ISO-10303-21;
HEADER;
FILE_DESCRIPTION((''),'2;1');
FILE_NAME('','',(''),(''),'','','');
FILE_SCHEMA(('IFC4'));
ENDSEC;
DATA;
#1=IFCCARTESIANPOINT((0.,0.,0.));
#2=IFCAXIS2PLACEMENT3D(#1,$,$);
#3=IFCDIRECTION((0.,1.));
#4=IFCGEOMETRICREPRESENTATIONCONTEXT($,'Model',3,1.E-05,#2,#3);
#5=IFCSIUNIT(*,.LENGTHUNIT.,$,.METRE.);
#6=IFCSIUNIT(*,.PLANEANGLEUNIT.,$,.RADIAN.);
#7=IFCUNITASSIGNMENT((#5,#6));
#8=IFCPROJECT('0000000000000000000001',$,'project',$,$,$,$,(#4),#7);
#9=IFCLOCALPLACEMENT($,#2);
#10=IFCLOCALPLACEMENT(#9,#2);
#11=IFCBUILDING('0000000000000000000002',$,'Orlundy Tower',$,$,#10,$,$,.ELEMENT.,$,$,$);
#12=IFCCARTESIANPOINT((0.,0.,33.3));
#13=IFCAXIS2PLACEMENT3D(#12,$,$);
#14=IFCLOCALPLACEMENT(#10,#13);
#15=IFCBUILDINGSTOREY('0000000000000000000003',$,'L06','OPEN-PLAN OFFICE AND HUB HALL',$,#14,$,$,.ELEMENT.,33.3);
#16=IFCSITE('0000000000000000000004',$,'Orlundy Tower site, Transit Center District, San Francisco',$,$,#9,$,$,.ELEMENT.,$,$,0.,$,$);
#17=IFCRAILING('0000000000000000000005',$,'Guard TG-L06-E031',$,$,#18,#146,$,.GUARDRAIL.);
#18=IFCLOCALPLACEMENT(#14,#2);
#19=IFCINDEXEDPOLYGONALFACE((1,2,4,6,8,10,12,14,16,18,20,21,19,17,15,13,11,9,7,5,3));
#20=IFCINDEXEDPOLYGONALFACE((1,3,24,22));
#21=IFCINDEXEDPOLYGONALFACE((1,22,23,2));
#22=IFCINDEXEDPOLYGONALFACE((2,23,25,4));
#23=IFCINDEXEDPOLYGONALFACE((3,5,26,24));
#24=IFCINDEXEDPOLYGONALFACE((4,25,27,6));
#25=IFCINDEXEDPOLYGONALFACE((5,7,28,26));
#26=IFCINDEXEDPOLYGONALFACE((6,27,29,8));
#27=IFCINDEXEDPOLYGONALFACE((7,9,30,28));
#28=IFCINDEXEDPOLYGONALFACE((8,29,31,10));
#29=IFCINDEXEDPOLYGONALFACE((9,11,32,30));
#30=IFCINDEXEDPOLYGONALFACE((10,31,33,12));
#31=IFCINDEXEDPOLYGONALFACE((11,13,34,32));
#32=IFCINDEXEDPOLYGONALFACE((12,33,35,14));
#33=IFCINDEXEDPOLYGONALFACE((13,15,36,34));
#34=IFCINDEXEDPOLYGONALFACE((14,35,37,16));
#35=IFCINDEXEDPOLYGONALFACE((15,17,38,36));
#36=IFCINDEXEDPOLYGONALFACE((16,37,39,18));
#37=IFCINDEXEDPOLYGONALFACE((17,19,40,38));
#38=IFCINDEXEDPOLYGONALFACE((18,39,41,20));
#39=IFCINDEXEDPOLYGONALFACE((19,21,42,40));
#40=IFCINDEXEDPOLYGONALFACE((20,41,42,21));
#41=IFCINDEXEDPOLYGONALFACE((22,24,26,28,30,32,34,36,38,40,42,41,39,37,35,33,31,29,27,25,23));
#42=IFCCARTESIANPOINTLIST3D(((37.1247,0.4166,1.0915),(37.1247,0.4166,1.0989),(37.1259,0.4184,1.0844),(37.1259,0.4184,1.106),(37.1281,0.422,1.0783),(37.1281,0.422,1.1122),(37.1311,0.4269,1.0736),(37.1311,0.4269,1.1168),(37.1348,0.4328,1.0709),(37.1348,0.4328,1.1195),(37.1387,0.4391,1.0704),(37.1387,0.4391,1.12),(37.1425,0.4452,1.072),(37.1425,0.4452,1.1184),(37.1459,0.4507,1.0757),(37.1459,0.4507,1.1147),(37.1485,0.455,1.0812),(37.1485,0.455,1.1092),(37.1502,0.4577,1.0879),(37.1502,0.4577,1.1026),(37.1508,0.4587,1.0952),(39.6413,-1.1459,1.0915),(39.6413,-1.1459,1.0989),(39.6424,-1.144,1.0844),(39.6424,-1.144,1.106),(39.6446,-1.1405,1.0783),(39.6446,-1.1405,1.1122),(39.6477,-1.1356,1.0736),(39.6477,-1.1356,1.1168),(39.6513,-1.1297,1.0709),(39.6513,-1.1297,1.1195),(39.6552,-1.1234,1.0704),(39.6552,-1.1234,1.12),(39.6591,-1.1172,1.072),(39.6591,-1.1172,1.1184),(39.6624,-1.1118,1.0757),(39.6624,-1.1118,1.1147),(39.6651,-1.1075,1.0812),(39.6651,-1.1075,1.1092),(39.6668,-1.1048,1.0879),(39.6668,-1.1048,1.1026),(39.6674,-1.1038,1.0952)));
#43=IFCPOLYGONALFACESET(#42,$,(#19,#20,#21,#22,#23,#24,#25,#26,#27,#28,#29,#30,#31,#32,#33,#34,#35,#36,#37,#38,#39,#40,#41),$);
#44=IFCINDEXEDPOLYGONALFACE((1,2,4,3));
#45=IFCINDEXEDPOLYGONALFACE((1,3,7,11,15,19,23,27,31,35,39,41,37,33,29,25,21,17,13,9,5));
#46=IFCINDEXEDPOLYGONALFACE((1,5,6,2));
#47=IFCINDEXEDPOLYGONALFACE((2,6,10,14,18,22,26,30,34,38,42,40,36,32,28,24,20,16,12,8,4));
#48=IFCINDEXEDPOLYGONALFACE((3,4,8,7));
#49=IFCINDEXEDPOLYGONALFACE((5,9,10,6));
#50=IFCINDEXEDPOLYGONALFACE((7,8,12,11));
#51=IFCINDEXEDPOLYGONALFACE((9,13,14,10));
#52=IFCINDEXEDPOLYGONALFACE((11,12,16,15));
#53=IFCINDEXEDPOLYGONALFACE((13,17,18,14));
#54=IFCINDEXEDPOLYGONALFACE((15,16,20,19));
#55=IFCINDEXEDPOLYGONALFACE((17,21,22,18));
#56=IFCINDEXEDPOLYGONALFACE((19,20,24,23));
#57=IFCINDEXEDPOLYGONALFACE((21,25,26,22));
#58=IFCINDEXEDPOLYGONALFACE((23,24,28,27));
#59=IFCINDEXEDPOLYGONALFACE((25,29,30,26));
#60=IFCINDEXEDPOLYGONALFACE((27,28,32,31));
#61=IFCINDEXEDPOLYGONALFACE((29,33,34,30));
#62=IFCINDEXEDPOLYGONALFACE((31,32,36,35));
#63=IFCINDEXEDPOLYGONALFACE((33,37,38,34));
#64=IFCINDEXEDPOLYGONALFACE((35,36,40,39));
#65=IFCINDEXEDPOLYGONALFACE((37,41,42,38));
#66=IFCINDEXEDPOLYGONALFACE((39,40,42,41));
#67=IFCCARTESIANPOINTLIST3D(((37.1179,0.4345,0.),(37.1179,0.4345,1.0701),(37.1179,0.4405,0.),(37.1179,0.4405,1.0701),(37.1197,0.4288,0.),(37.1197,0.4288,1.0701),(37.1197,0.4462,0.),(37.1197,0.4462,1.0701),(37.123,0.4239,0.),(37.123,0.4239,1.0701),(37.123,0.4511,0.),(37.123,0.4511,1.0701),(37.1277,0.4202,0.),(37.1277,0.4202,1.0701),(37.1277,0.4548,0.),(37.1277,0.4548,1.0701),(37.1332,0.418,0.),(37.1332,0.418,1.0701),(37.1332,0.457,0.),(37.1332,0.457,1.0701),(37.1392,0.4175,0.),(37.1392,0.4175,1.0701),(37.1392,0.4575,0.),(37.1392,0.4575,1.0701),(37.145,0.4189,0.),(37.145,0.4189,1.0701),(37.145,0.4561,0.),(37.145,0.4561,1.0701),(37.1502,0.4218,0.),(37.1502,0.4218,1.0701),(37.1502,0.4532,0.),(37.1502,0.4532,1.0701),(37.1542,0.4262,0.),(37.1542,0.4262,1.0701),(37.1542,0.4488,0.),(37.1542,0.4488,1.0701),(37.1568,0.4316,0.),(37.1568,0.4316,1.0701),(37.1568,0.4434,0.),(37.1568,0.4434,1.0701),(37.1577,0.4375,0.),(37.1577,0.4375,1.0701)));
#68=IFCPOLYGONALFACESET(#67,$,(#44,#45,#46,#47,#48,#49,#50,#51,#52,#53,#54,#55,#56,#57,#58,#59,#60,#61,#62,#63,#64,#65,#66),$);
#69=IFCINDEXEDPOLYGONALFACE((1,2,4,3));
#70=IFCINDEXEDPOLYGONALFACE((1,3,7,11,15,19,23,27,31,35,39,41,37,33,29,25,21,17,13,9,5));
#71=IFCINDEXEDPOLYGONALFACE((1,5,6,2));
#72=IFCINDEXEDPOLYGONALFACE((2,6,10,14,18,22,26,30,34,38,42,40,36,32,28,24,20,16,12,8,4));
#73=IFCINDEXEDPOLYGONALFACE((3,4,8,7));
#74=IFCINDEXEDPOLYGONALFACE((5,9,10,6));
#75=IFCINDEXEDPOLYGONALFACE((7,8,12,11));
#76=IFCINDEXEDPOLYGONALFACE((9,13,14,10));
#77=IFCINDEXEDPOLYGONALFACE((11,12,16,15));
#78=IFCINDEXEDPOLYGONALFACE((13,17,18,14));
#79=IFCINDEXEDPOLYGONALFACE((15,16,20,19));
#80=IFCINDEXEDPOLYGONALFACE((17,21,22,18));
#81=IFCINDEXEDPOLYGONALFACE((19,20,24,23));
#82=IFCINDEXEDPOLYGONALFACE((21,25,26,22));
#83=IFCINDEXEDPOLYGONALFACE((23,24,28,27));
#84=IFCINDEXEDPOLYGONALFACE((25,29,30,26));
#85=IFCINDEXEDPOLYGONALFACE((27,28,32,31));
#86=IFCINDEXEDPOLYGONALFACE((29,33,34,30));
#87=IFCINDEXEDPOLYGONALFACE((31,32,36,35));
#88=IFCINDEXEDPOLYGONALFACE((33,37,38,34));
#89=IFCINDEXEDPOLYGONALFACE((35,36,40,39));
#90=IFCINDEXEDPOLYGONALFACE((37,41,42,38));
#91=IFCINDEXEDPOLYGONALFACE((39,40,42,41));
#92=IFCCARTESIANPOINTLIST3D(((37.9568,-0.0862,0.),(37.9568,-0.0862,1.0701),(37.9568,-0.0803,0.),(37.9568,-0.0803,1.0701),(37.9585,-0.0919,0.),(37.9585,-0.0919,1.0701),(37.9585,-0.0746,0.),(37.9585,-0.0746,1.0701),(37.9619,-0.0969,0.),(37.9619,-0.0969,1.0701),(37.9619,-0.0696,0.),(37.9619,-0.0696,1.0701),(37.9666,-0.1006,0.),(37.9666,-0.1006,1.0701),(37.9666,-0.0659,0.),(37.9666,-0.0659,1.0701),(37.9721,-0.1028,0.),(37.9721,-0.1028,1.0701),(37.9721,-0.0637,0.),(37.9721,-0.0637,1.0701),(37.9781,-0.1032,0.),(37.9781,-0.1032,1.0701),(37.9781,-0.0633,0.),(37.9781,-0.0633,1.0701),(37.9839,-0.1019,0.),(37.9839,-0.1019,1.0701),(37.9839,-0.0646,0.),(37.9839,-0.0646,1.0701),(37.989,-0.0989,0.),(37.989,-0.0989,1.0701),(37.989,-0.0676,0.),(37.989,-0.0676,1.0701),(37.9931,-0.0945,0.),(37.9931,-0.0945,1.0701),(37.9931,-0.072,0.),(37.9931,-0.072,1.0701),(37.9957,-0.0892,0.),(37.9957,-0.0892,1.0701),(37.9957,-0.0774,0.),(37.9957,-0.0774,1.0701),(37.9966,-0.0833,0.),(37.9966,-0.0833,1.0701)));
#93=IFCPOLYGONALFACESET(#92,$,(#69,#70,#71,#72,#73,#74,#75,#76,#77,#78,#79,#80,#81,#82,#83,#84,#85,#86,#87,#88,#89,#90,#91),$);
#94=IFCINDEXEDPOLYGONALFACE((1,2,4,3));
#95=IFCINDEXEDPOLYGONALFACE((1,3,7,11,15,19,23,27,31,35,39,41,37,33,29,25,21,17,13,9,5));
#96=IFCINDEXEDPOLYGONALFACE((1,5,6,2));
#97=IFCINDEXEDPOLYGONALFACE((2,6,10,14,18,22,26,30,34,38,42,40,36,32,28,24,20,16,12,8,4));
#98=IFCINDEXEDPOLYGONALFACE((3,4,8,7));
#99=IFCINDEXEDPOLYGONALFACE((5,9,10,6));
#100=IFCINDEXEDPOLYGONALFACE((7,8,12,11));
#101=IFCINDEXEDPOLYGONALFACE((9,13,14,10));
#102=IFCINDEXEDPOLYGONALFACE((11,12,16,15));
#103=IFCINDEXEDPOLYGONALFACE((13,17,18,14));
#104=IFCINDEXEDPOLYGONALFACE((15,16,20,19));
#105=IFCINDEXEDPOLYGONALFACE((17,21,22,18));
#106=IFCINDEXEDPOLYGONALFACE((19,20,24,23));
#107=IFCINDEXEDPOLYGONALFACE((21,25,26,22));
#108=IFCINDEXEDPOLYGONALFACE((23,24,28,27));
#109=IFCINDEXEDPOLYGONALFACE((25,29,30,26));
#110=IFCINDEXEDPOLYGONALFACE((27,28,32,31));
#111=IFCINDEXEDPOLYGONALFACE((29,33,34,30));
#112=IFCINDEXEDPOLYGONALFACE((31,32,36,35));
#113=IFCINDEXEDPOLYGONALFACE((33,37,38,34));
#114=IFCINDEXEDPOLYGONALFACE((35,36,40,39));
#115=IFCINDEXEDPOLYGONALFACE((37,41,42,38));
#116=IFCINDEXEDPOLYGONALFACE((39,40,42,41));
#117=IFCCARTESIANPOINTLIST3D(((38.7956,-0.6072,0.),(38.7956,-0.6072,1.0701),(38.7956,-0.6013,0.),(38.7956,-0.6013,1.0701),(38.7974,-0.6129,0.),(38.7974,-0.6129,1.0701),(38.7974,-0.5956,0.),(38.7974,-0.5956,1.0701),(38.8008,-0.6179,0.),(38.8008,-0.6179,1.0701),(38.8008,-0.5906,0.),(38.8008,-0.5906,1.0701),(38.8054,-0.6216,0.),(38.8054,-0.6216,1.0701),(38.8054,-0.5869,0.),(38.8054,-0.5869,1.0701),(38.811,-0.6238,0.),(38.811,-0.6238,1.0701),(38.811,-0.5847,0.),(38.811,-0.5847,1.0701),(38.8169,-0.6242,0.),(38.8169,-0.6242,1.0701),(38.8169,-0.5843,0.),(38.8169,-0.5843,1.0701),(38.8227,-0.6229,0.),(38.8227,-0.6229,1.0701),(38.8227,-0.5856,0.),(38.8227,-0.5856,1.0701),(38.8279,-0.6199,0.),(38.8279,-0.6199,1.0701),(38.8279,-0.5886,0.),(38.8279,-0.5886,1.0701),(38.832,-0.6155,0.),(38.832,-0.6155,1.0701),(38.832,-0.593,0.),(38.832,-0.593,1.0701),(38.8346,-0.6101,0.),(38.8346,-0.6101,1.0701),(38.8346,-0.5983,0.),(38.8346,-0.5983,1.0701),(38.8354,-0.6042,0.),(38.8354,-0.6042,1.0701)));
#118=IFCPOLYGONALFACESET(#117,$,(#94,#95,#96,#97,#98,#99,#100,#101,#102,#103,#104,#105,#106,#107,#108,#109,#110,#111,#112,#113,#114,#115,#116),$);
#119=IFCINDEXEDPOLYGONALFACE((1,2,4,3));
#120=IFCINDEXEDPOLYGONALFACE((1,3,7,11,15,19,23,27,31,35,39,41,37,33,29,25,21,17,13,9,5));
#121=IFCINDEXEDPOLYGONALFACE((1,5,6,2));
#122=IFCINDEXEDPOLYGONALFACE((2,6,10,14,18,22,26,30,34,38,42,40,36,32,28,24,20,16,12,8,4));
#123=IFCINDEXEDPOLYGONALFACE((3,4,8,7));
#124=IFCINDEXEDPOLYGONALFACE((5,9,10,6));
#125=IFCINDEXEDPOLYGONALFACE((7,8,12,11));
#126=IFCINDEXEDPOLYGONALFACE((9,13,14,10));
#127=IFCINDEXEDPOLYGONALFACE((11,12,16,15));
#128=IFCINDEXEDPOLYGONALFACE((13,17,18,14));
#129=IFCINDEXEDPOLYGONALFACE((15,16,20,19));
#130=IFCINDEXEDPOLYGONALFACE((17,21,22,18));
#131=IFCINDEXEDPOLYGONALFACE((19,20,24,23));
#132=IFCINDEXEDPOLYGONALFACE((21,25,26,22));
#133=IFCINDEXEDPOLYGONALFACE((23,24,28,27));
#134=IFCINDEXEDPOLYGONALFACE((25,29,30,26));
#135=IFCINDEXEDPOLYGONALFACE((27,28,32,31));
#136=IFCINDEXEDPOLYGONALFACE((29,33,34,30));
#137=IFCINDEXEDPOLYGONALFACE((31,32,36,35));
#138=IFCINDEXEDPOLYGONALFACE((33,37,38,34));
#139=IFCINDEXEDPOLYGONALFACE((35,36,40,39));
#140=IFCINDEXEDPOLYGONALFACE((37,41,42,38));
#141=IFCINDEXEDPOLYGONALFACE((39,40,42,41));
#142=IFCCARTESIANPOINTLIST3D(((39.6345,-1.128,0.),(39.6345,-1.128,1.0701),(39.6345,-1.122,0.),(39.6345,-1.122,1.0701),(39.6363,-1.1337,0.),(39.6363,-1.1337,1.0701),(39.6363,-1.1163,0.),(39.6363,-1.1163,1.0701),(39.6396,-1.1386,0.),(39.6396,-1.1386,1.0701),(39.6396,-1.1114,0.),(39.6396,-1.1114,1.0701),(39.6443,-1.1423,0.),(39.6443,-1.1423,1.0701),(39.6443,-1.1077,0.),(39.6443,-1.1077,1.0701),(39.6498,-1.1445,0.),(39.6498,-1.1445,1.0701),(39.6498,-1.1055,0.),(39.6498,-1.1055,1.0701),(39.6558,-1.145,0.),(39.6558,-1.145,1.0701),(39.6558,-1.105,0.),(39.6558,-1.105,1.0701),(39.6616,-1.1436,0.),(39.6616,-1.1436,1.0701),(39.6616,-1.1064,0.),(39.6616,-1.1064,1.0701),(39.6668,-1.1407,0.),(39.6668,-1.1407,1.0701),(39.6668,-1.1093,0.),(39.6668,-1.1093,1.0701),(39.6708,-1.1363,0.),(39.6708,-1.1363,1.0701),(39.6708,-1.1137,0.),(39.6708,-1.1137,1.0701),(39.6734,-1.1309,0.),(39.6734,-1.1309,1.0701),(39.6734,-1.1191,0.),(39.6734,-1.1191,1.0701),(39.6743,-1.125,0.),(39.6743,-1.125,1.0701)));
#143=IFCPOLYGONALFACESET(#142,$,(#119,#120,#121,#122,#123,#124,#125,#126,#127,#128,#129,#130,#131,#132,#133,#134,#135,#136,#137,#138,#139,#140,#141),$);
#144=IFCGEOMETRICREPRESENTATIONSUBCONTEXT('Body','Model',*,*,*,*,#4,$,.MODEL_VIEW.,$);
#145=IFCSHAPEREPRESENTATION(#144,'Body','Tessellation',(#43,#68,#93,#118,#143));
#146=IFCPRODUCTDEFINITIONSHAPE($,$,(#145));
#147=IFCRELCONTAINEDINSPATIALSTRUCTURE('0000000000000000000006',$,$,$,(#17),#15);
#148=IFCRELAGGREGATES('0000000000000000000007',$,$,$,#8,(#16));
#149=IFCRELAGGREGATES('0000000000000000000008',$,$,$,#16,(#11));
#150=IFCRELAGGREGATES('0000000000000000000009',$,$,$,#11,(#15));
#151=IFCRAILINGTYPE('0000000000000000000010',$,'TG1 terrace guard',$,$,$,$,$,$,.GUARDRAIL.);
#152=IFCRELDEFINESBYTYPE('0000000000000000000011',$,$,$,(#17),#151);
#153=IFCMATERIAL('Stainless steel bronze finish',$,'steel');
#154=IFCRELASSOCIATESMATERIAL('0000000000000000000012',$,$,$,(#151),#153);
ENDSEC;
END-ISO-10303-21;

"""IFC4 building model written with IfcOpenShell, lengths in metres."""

from ifc_helpers import new_model, si_unit, direction, frame, origin, origin_2d, place, context, subcontext, project, spatial, circle, extrude, material, type_object, element, save


model = new_model("IFC4")

# Units and contexts
model_context = context("Model", 3, precision=1e-05, world=origin(), true_north=direction((0.0, 1.0)))
body_context = subcontext(model_context, "Body", "Model", "MODEL_VIEW")
ifc_project = project(units=[si_unit("LENGTHUNIT", "METRE"), si_unit("PLANEANGLEUNIT", "RADIAN")], contexts=[model_context])

# Site, building, storey
site_placement = place(None, origin())
site = spatial("IfcSite", under=ifc_project, at=site_placement, Name="Orlundy Tower site, Transit Center District, San Francisco", CompositionType="ELEMENT", RefElevation=0.0)
building_placement = place(site_placement, origin())
building = spatial("IfcBuilding", under=site, at=building_placement, Name="Orlundy Tower", CompositionType="ELEMENT")
storey_placement = place(building_placement, frame((0.0, 0.0, 33.3)))
storey = spatial("IfcBuildingStorey", under=building, at=storey_placement, Name="L06", Description="OPEN-PLAN OFFICE AND HUB HALL", CompositionType="ELEMENT", Elevation=33.3)

# Railing
ifc_material_1 = material(Name="Stainless steel bronze finish", Category="steel")
railing_type = type_object("IfcRailingType", Name="TG1 terrace guard", PredefinedType="GUARDRAIL", material=ifc_material_1)
railing_1_placement = place(storey_placement, frame((37.1377, 0.4375, 0.0)))
element("IfcRailing", 1, at=railing_1_placement, inside=storey, type_object=railing_type, Name="Guard TG-L06-E031", PredefinedType="GUARDRAIL", context=body_context, shape_type="SweptSolid", body=[
    extrude(circle(Radius=0.0249, at=origin_2d()), frame((0.0, 0.0, 1.0952), z_axis=(0.849569, -0.527478, 0.0), x_axis=(0.527478, 0.849569, 0.0)), (0.0, 0.0, 1.0), 2.9622),
    extrude(circle(Radius=0.02, at=origin_2d()), origin(), (0.0, 0.0, 1.0), 1.0701),
    extrude(circle(Radius=0.02, at=origin_2d()), frame((0.8389, -0.5208, 0.0)), (0.0, 0.0, 1.0), 1.0701),
    extrude(circle(Radius=0.02, at=origin_2d()), frame((1.6777, -1.0417, 0.0)), (0.0, 0.0, 1.0), 1.0701),
    extrude(circle(Radius=0.02, at=origin_2d()), frame((2.5166, -1.5625, 0.0)), (0.0, 0.0, 1.0), 1.0701),
])

save(model, "model.ifc")
